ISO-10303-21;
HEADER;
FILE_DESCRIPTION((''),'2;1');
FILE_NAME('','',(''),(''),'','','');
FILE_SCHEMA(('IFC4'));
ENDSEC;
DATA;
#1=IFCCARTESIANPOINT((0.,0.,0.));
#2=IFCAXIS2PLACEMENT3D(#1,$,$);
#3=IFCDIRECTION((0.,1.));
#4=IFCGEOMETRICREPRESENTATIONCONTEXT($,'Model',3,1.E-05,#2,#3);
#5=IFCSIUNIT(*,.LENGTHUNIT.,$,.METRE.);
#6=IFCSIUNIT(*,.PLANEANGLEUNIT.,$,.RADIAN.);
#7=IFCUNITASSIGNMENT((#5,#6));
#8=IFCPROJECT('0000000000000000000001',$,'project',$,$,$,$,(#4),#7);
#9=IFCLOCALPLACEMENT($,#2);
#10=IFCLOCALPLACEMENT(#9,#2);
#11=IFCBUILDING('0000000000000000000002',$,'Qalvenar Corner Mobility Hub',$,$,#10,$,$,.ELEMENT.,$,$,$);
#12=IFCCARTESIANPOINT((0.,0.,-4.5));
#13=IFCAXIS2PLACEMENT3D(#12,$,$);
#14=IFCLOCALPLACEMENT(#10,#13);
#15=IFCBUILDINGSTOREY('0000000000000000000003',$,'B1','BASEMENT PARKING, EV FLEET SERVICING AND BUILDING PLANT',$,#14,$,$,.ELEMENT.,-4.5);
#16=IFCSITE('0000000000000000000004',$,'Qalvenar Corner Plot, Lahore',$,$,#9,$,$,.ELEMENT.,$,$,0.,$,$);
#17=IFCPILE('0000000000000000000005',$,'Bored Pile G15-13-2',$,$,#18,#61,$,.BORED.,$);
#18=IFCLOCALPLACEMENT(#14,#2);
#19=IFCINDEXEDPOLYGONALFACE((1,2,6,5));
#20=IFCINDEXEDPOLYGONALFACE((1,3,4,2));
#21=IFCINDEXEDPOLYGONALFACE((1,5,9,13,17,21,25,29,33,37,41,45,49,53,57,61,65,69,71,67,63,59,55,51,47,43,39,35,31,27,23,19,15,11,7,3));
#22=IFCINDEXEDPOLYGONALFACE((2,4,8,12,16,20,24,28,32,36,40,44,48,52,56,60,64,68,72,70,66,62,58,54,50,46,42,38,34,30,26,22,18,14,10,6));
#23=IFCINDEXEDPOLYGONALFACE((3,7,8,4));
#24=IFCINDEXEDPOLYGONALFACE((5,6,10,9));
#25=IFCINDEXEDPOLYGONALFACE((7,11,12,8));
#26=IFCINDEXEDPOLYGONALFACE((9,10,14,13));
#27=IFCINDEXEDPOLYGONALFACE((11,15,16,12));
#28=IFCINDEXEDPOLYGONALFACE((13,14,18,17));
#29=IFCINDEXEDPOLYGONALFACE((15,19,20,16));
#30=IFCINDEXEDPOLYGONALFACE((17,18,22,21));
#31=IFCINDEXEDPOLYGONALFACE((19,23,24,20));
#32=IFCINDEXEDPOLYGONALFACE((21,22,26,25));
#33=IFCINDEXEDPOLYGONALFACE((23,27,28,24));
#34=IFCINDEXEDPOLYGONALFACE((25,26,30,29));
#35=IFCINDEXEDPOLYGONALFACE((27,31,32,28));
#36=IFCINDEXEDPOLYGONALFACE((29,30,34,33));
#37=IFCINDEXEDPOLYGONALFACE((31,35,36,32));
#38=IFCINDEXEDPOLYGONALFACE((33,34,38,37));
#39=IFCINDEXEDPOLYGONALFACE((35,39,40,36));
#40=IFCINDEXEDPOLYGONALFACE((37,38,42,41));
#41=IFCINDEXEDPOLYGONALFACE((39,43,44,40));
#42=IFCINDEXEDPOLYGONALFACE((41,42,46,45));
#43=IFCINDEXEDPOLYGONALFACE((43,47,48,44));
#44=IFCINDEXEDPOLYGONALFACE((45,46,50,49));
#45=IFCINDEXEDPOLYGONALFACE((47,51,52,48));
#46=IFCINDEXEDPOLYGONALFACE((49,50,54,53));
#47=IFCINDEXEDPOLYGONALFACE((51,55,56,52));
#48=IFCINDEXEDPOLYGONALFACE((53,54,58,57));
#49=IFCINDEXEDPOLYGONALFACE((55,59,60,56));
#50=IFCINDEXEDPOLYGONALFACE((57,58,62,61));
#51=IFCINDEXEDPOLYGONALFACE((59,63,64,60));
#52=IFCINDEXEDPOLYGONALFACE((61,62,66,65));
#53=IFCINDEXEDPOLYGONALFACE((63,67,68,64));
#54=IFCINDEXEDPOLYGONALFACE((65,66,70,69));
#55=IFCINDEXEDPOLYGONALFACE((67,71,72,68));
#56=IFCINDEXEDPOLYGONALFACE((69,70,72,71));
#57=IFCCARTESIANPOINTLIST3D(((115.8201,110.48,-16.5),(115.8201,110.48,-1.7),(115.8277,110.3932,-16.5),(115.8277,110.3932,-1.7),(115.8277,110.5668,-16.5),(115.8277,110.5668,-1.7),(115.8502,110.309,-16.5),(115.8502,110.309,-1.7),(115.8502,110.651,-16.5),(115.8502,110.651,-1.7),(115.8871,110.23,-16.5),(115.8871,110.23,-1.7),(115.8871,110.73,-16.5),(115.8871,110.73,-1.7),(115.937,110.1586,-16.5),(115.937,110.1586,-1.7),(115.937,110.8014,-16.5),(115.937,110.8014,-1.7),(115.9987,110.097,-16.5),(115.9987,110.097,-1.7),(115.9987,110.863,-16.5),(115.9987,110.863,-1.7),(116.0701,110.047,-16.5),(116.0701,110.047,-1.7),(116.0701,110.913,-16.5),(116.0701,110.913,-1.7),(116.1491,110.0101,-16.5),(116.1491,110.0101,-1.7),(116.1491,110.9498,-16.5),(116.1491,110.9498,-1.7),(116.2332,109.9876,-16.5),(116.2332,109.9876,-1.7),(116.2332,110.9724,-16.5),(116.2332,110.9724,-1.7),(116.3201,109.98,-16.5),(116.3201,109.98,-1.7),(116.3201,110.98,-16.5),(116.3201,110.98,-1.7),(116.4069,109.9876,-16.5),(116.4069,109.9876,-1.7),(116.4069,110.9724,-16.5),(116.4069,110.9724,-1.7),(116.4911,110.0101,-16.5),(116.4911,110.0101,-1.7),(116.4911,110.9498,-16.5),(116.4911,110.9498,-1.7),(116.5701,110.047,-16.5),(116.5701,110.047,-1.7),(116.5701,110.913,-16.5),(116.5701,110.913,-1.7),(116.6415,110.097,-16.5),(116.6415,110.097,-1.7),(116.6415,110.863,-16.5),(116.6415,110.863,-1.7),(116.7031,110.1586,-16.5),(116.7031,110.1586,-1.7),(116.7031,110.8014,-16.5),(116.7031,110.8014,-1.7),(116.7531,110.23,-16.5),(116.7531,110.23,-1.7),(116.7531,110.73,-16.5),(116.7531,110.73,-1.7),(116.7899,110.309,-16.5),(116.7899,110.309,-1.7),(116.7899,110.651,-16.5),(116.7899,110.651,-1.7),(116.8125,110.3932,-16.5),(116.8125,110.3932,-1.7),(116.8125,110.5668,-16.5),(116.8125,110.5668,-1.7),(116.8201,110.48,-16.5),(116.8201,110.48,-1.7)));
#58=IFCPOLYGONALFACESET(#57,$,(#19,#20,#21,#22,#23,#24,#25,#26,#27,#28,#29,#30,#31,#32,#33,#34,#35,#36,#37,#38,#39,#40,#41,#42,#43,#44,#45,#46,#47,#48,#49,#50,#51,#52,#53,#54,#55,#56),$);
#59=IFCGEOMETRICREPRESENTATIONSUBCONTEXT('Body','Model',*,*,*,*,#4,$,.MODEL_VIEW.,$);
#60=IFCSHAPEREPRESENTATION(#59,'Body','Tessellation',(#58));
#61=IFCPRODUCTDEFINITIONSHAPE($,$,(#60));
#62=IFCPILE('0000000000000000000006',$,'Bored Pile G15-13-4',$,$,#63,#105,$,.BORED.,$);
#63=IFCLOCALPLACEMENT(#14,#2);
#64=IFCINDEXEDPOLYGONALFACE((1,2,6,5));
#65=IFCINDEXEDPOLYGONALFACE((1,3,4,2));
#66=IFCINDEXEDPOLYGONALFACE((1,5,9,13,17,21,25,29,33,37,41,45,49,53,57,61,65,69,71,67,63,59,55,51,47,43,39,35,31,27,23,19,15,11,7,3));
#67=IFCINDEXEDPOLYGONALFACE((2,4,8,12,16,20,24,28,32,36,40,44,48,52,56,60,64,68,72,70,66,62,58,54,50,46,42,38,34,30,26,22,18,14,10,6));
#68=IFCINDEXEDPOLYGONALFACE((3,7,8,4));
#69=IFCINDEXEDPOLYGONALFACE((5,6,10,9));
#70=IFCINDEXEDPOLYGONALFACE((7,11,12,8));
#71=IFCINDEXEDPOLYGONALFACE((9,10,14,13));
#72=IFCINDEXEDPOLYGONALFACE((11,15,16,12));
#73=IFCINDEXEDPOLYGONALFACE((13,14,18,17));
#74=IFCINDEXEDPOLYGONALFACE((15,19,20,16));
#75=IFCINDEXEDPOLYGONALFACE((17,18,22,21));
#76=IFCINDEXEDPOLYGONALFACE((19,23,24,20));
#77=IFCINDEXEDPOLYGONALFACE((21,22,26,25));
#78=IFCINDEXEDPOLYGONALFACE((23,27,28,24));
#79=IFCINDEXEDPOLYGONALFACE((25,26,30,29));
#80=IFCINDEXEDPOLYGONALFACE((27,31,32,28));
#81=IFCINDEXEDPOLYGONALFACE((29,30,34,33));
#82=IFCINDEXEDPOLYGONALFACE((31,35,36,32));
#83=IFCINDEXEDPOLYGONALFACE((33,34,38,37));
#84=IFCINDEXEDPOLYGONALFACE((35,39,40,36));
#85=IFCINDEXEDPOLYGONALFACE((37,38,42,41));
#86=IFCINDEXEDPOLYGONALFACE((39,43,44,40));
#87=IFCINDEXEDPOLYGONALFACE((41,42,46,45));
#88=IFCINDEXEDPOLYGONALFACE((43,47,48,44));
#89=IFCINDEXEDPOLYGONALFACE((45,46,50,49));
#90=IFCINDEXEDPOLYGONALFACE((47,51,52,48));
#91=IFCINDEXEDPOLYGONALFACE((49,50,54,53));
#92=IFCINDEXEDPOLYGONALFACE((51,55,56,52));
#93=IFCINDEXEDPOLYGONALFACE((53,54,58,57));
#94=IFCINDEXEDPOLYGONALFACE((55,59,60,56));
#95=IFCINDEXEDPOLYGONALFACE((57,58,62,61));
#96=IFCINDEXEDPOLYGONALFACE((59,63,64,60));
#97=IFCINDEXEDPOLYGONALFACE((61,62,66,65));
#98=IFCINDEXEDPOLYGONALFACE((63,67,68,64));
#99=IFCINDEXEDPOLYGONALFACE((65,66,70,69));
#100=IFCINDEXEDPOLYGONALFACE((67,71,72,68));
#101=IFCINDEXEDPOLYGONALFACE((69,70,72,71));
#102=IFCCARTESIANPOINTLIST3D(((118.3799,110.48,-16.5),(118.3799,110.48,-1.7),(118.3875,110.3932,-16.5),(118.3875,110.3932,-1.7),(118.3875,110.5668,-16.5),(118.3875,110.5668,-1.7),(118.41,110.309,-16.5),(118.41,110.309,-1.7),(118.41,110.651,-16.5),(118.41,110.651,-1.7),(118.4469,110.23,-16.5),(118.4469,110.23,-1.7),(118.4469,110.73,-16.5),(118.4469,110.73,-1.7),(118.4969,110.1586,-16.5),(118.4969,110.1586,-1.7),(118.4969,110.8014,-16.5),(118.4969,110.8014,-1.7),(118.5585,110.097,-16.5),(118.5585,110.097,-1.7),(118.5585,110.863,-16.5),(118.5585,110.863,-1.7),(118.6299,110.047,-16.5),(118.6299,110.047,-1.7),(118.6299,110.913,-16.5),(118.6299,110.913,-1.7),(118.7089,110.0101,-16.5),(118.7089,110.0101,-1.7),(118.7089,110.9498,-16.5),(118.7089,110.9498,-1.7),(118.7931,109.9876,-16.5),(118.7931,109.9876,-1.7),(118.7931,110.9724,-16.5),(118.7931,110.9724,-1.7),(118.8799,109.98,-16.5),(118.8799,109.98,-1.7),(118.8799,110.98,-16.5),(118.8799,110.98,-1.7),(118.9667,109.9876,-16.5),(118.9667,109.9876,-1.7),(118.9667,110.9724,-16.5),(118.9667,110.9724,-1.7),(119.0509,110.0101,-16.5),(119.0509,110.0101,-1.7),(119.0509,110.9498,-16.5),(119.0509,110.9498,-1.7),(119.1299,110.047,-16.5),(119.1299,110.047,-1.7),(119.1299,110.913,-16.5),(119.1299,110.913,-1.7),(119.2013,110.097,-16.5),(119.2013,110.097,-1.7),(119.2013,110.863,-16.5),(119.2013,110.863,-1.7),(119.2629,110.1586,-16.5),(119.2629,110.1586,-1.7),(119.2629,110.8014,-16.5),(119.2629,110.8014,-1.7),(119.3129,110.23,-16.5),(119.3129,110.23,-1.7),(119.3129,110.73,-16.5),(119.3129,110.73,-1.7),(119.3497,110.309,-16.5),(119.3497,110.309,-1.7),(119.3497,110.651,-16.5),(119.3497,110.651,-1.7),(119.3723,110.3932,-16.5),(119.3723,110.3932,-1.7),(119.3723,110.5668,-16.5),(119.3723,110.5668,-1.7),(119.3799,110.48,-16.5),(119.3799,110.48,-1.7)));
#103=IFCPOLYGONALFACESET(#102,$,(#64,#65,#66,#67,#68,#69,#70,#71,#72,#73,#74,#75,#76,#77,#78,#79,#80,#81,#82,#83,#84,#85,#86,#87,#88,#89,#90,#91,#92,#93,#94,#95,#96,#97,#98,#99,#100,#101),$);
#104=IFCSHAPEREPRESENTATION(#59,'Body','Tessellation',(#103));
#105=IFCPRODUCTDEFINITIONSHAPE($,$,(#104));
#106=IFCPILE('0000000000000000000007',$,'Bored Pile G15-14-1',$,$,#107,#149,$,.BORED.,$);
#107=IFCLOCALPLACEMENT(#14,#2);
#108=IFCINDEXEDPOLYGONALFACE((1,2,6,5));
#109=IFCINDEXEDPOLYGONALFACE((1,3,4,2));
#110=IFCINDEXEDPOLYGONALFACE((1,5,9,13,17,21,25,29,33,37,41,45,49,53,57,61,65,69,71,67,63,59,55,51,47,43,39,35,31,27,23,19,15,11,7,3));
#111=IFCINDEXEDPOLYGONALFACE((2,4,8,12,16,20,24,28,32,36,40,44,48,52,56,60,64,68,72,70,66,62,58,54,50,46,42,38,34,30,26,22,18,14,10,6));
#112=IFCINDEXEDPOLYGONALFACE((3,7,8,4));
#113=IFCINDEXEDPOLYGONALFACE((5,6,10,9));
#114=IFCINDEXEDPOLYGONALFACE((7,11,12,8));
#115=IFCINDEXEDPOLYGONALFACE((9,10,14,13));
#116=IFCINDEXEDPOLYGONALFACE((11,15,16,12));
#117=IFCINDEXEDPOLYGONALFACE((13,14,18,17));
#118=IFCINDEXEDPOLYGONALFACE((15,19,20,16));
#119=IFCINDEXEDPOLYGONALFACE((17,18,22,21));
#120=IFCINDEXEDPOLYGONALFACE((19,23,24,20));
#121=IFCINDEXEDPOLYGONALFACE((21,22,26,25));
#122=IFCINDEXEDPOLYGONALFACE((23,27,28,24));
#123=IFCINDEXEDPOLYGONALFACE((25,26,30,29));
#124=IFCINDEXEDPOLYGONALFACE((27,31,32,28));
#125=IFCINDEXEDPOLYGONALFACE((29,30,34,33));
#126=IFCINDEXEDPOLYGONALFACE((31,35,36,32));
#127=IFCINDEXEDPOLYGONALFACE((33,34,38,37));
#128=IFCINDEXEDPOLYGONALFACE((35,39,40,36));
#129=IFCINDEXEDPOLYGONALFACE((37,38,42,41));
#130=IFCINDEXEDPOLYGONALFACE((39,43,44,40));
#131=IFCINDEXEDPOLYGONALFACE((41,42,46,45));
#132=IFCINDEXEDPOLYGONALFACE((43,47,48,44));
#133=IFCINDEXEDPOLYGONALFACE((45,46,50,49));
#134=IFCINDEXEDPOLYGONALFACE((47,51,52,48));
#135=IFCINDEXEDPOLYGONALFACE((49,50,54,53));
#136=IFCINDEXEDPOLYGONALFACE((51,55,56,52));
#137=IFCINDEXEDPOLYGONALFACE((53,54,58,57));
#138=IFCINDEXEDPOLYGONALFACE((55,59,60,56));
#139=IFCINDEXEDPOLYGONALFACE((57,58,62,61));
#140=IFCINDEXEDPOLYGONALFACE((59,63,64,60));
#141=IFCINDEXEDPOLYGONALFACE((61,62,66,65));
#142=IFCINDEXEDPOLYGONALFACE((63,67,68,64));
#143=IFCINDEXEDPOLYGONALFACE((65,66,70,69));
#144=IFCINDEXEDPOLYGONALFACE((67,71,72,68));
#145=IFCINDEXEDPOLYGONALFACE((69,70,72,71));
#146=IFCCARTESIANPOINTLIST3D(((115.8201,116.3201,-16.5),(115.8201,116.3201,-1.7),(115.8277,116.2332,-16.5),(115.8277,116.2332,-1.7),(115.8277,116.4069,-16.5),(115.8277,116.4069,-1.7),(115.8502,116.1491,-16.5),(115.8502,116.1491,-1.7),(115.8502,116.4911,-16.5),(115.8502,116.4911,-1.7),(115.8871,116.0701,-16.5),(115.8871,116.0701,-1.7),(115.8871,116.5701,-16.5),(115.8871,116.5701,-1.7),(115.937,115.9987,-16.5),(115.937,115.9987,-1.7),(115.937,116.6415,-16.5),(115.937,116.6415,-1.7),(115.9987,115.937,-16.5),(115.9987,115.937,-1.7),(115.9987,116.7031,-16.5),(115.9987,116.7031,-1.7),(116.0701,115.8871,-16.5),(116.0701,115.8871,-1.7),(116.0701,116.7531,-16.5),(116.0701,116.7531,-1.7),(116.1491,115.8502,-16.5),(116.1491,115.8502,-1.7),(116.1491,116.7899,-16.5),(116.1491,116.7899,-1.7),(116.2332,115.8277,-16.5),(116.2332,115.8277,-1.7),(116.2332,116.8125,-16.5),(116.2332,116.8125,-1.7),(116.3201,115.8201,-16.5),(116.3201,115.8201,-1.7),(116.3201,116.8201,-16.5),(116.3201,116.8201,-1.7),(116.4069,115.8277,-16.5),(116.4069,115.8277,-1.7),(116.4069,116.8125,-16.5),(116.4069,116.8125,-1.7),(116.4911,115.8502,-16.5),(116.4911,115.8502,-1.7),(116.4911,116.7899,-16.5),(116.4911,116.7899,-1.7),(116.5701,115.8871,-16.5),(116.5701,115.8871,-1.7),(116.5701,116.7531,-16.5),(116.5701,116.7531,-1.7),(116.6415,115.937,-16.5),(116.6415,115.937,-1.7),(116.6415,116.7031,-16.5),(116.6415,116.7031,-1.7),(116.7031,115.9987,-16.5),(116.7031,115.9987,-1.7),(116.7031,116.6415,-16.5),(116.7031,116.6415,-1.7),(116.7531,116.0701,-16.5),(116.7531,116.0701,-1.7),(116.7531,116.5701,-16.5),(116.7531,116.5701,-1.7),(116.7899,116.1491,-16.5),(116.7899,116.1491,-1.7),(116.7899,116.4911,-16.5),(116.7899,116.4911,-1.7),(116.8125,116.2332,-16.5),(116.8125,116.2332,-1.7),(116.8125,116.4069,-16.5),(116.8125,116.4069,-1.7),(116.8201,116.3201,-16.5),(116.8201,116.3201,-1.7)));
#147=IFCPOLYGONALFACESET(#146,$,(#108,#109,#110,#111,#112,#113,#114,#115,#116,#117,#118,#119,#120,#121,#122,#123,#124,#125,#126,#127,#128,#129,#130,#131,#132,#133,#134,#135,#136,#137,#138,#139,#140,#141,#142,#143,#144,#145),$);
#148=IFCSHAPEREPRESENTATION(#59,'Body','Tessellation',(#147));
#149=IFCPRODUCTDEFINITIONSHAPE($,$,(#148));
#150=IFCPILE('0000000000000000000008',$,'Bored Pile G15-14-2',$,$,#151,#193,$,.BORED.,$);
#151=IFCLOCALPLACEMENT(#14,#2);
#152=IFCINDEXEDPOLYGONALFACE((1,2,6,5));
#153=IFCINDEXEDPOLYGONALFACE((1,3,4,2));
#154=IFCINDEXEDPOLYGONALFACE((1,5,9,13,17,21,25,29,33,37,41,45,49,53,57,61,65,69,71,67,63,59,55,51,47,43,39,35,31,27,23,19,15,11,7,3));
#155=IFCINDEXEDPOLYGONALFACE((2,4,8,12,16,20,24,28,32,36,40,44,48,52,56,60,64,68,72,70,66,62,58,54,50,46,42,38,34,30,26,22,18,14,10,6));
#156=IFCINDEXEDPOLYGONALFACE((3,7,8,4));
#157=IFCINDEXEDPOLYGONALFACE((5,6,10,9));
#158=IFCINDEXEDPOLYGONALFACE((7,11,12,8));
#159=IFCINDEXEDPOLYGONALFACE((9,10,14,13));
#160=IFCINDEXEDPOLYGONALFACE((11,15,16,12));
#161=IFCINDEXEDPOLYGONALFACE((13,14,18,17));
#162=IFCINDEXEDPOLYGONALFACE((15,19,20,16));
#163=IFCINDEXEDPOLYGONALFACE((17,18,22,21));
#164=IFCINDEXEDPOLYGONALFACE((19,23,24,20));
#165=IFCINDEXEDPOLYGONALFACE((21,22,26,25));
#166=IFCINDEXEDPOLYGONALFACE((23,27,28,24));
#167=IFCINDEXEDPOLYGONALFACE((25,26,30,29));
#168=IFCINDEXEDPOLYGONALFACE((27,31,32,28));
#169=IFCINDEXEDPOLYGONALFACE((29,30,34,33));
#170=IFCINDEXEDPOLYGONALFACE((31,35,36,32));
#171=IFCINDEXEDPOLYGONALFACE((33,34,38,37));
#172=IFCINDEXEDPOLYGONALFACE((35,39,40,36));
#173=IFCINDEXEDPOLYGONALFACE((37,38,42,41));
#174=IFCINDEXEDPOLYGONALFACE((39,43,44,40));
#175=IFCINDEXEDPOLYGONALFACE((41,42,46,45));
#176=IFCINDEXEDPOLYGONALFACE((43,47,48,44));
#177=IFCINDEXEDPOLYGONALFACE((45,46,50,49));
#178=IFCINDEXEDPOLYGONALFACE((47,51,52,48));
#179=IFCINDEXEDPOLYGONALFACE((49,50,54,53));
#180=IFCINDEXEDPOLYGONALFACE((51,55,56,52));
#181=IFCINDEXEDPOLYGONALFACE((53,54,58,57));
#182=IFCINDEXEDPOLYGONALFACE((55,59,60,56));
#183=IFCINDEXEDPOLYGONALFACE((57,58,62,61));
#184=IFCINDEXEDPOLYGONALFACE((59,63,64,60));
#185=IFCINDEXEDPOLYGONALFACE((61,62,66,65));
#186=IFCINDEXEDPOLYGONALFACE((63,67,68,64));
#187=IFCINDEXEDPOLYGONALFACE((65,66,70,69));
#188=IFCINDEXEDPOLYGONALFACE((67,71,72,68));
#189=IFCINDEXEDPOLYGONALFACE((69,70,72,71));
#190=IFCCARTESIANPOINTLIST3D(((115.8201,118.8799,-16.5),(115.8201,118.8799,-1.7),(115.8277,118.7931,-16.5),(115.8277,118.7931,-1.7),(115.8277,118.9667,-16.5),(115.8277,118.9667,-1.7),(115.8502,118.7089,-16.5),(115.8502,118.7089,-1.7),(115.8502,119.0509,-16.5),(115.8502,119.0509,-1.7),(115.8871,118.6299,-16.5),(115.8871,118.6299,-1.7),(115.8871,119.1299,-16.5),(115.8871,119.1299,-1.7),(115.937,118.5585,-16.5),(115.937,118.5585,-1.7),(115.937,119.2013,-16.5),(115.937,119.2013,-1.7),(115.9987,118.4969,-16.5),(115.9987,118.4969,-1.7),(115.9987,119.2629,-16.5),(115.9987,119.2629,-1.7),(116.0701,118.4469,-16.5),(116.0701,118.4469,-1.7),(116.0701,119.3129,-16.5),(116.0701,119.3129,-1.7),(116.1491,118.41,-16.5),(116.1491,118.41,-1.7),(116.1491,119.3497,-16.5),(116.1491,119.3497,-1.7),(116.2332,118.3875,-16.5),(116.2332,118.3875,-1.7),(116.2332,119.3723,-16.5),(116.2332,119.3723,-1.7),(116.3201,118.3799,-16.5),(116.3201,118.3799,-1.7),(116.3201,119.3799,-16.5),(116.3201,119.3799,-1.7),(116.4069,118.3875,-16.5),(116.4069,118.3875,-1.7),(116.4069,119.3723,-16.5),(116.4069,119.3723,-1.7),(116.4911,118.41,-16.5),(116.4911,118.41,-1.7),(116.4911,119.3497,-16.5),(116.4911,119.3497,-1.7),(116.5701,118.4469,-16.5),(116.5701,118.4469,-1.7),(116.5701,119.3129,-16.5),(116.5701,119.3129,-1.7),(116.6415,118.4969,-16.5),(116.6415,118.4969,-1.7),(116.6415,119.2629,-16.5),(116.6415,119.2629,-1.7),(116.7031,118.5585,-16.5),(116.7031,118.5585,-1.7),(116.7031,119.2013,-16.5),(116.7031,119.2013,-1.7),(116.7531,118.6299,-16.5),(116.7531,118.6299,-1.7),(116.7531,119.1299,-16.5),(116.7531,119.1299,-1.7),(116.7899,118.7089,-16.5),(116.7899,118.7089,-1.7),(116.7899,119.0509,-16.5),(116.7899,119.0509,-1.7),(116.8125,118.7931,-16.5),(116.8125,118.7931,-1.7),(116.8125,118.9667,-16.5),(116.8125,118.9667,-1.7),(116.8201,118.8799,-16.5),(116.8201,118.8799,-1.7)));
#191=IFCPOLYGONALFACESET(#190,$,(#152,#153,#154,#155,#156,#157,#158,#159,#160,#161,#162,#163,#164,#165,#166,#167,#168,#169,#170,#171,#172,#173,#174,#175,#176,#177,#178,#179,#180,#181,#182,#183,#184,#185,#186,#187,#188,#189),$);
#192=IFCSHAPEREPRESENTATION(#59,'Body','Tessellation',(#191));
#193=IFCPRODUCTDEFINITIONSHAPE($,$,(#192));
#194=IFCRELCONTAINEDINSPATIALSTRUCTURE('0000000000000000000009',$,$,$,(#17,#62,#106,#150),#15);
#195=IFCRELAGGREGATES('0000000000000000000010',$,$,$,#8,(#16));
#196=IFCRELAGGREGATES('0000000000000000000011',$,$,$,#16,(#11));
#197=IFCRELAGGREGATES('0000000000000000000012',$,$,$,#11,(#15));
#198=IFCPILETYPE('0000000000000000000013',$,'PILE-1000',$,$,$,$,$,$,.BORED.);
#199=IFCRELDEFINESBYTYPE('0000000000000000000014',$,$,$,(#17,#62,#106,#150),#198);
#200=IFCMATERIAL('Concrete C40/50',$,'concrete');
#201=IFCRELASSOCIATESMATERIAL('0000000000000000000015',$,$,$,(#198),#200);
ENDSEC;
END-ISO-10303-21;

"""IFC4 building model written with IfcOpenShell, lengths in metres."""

from ifc_helpers import new_model, si_unit, direction, frame, origin, origin_2d, place, context, subcontext, project, spatial, circle, extrude, material, material_profile, profile_set, type_object, element, save


model = new_model("IFC4")

# Units and contexts
model_context = context("Model", 3, precision=1e-05, world=origin(), true_north=direction((0.0, 1.0)))
body_context = subcontext(model_context, "Body", "Model", "MODEL_VIEW")
ifc_project = project(units=[si_unit("LENGTHUNIT", "METRE"), si_unit("PLANEANGLEUNIT", "RADIAN")], contexts=[model_context])

# Site, building, storey
site_placement = place(None, origin())
site = spatial("IfcSite", under=ifc_project, at=site_placement, Name="Qalvenar Corner Plot, Lahore", CompositionType="ELEMENT", RefElevation=0.0)
building_placement = place(site_placement, origin())
building = spatial("IfcBuilding", under=site, at=building_placement, Name="Qalvenar Corner Mobility Hub", CompositionType="ELEMENT")
storey_placement = place(building_placement, frame((0.0, 0.0, -4.5)))
storey = spatial("IfcBuildingStorey", under=building, at=storey_placement, Name="B1", Description="BASEMENT PARKING, EV FLEET SERVICING AND BUILDING PLANT", CompositionType="ELEMENT", Elevation=-4.5)

# Shared definitions
ifc_material_1 = material(Name="Concrete C40/50", Category="concrete")

# Piles
ifc_material_profile_1 = material_profile(ifc_material_1, circle(Radius=0.5, at=origin_2d()), Name="DIA1000")
ifc_profile_set_1 = profile_set([ifc_material_profile_1], Name="Concrete C40/50")
pile_type = type_object("IfcPileType", Name="PILE-1000", PredefinedType="BORED", material=ifc_profile_set_1)
for number, where, z_axis, x_axis, name in (
    (1, (116.3201, 110.48, -1.7), (0.0, 0.0, -1.0), (1.0, 0.0, 0.0), "Bored Pile G15-13-2"),
    (2, (118.8799, 110.48, -1.7), (0.0, 0.0, -1.0), (1.0, 0.0, 0.0), "Bored Pile G15-13-4"),
    (3, (116.3201, 116.3201, -1.7), (0.0, 0.0, -1.0), (1.0, 0.0, 0.0), "Bored Pile G15-14-1"),
    (4, (116.3201, 118.8799, -1.7), (0.0, 0.0, -1.0), (1.0, 0.0, 0.0), "Bored Pile G15-14-2"),
):
    element("IfcPile", number, at=place(storey_placement, frame(where, z_axis=z_axis, x_axis=x_axis)), inside=storey, type_object=pile_type, Name=name, PredefinedType="BORED", context=body_context, shape_type="SweptSolid", body=[
        extrude(circle(Radius=0.5, at=origin_2d()), origin(), (0.0, 0.0, 1.0), 14.8),
    ])

save(model, "model.ifc")
